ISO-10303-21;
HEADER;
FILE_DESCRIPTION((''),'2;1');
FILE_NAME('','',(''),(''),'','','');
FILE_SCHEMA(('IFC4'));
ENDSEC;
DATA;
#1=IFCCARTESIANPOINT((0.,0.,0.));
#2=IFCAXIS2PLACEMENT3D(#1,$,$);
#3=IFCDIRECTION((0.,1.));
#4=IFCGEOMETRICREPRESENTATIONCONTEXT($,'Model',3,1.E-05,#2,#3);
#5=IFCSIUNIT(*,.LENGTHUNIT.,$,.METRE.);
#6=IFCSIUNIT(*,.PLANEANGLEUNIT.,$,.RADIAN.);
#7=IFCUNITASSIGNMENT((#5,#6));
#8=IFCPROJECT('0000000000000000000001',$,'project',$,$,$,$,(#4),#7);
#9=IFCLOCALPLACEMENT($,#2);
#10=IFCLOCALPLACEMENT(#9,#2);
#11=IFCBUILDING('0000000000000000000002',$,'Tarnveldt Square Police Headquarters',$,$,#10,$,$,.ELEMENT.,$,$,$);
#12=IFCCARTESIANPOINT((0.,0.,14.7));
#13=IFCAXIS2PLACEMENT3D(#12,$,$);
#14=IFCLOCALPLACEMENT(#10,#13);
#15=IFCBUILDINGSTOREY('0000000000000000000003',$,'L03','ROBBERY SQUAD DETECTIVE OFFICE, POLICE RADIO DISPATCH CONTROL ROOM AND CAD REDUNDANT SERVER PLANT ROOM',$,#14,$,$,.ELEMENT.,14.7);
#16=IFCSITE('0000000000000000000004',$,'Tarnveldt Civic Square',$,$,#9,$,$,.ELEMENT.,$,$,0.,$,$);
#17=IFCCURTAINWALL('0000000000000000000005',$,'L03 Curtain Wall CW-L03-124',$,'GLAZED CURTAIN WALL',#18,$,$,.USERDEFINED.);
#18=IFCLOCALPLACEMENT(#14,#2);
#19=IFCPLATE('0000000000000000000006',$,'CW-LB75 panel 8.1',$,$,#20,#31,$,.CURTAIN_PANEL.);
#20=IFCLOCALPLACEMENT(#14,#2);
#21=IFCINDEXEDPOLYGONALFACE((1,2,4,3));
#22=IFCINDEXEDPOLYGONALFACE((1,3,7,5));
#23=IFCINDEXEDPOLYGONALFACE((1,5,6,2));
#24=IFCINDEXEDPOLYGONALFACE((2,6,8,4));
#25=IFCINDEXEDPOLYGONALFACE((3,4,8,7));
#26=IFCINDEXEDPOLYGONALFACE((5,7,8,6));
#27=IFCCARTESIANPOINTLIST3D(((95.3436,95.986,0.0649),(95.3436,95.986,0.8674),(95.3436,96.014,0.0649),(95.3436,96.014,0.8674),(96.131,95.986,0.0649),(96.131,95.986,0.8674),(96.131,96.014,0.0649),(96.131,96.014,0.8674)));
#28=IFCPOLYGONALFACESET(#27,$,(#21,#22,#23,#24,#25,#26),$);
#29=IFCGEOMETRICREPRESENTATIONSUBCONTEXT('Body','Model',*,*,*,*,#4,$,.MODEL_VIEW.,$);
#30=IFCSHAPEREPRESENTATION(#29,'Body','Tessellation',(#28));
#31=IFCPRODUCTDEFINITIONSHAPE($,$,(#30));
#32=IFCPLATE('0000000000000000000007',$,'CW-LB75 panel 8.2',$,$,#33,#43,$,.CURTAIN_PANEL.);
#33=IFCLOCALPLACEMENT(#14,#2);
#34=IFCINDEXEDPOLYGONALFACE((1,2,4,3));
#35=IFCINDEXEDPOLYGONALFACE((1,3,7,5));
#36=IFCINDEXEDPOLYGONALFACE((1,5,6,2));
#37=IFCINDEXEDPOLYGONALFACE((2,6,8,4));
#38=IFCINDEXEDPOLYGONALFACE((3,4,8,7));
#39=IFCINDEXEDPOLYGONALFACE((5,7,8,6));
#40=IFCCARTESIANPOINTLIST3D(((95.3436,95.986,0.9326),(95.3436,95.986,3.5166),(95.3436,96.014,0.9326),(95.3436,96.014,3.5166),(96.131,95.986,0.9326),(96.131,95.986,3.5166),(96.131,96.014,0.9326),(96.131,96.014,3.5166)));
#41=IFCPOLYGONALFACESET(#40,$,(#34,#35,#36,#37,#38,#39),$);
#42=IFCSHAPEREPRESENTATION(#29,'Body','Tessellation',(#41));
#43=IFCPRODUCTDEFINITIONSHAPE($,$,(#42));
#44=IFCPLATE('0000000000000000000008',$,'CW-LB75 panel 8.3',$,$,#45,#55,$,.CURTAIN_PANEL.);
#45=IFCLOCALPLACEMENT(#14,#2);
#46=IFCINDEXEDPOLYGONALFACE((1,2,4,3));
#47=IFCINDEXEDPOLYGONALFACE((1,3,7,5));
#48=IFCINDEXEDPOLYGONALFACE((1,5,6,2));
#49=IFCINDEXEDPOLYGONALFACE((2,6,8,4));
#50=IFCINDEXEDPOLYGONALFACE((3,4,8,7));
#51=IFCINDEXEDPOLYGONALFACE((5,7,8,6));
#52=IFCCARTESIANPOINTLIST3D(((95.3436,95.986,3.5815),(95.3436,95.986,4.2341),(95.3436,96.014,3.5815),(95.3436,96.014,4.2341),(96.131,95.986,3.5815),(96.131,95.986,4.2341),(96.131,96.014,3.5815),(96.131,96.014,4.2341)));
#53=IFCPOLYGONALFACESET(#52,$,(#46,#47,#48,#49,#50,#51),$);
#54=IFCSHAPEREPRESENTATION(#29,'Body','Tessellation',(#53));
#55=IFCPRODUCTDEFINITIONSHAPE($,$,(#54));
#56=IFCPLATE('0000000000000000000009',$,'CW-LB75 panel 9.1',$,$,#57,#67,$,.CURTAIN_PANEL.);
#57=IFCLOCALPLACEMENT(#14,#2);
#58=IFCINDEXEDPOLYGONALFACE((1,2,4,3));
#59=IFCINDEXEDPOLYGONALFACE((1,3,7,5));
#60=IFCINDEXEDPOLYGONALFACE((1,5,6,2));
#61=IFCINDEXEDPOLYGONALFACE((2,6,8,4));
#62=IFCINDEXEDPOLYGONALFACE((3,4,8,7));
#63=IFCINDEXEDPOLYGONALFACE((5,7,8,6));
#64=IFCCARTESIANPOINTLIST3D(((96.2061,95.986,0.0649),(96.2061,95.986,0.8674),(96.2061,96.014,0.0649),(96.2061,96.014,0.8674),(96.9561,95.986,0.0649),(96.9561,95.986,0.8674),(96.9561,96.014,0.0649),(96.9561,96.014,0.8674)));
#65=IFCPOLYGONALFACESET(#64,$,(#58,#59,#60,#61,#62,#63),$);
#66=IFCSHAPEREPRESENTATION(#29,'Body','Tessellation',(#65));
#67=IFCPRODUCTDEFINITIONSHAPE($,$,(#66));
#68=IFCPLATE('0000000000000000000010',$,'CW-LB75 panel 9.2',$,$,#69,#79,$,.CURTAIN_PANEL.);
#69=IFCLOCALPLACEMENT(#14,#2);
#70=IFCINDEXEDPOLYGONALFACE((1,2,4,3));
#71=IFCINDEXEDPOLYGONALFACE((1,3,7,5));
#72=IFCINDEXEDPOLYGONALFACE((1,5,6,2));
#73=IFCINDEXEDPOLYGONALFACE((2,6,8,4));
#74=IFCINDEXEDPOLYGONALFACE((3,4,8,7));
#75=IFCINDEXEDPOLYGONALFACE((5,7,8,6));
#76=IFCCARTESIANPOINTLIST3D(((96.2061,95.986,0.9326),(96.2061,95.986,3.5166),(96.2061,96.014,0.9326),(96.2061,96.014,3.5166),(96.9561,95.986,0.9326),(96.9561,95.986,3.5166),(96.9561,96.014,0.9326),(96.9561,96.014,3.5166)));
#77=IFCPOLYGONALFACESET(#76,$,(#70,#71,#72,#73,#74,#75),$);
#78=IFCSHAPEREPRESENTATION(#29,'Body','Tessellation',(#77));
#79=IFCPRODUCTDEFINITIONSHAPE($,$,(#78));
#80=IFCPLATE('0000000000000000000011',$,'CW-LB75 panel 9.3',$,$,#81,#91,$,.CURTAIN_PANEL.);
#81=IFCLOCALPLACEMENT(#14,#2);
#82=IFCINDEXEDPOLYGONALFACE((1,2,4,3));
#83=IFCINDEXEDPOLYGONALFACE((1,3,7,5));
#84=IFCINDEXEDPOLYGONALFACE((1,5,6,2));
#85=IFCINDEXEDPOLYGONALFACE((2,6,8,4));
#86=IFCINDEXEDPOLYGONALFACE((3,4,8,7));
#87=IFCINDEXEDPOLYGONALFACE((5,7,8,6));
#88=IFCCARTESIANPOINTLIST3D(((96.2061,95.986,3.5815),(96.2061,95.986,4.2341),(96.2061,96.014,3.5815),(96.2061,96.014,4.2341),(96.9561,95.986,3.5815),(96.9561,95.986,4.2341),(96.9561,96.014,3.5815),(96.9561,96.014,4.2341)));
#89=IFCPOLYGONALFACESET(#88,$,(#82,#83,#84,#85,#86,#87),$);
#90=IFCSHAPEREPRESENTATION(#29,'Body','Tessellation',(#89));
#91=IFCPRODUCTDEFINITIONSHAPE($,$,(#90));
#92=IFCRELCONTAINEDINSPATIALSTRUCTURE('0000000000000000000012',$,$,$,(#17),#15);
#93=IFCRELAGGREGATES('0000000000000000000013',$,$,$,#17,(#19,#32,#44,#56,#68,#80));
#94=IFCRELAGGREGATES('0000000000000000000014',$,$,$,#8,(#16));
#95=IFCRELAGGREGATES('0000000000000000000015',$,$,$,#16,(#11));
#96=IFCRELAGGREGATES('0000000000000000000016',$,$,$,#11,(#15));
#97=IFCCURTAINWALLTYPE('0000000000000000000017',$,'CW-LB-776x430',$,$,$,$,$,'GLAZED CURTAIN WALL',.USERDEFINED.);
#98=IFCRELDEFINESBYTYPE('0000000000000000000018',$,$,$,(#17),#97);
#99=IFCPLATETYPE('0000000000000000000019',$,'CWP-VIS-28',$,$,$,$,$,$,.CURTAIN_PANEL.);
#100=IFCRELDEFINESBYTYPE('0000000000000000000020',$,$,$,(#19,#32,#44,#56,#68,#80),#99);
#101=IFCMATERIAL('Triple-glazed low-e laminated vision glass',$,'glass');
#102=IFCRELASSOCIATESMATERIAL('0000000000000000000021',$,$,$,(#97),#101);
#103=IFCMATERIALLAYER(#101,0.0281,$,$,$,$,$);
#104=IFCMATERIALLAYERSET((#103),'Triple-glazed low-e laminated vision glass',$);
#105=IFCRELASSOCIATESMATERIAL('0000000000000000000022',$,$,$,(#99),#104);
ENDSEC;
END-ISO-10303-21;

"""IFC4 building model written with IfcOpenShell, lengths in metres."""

from ifc_helpers import new_model, si_unit, direction, frame, origin, origin_2d, place, context, subcontext, project, spatial, rectangle, extrude, material, layer, layer_set, type_object, element, aggregate, save


model = new_model("IFC4")

# Units and contexts
model_context = context("Model", 3, precision=1e-05, world=origin(), true_north=direction((0.0, 1.0)))
body_context = subcontext(model_context, "Body", "Model", "MODEL_VIEW")
ifc_project = project(units=[si_unit("LENGTHUNIT", "METRE"), si_unit("PLANEANGLEUNIT", "RADIAN")], contexts=[model_context])

# Site, building, storey
site_placement = place(None, origin())
site = spatial("IfcSite", under=ifc_project, at=site_placement, Name="Tarnveldt Civic Square", CompositionType="ELEMENT", RefElevation=0.0)
building_placement = place(site_placement, origin())
building = spatial("IfcBuilding", under=site, at=building_placement, Name="Tarnveldt Square Police Headquarters", CompositionType="ELEMENT")
storey_placement = place(building_placement, frame((0.0, 0.0, 14.7)))
storey = spatial("IfcBuildingStorey", under=building, at=storey_placement, Name="L03", Description="ROBBERY SQUAD DETECTIVE OFFICE, POLICE RADIO DISPATCH CONTROL ROOM AND CAD REDUNDANT SERVER PLANT ROOM", CompositionType="ELEMENT", Elevation=14.7)

# Curtain wall
ifc_material_1 = material(Name="Triple-glazed low-e laminated vision glass", Category="glass")
curtain_wall_type_1 = type_object("IfcCurtainWallType", Name="CW-LB-776x430", ElementType="GLAZED CURTAIN WALL", PredefinedType="USERDEFINED", material=ifc_material_1)
curtain_wall_1_placement = place(storey_placement, origin())
curtain_wall_1 = element("IfcCurtainWall", 1, at=curtain_wall_1_placement, inside=storey, type_object=curtain_wall_type_1, Name="L03 Curtain Wall CW-L03-124", ObjectType="GLAZED CURTAIN WALL", PredefinedType="USERDEFINED")

# Plates
ifc_layer = layer(ifc_material_1, 0.0281)
ifc_layer_set = layer_set([ifc_layer], Name="Triple-glazed low-e laminated vision glass")
plate_type = type_object("IfcPlateType", Name="CWP-VIS-28", PredefinedType="CURTAIN_PANEL", material=ifc_layer_set)
plate_1_placement = place(storey_placement, frame((95.7373, 96.0, 0.0649), z_axis=(0.0, 0.0, 1.0), x_axis=(1.0, 0.0, 0.0)))
plate_1 = element("IfcPlate", 2, at=plate_1_placement, type_object=plate_type, Name="CW-LB75 panel 8.1", PredefinedType="CURTAIN_PANEL", context=body_context, shape_type="SweptSolid", body=[
    extrude(rectangle(XDim=0.7874, YDim=0.0281, at=origin_2d()), origin(), (0.0, 0.0, 1.0), 0.8025),
])
plate_2_placement = place(storey_placement, frame((95.7373, 96.0, 0.9326), z_axis=(0.0, 0.0, 1.0), x_axis=(1.0, 0.0, 0.0)))
plate_2 = element("IfcPlate", 3, at=plate_2_placement, type_object=plate_type, Name="CW-LB75 panel 8.2", PredefinedType="CURTAIN_PANEL", context=body_context, shape_type="SweptSolid", body=[
    extrude(rectangle(XDim=0.7874, YDim=0.0281, at=origin_2d()), origin(), (0.0, 0.0, 1.0), 2.584),
])
plate_3_placement = place(storey_placement, frame((95.7373, 96.0, 3.5815), z_axis=(0.0, 0.0, 1.0), x_axis=(1.0, 0.0, 0.0)))
plate_3 = element("IfcPlate", 4, at=plate_3_placement, type_object=plate_type, Name="CW-LB75 panel 8.3", PredefinedType="CURTAIN_PANEL", context=body_context, shape_type="SweptSolid", body=[
    extrude(rectangle(XDim=0.7874, YDim=0.0281, at=origin_2d()), origin(), (0.0, 0.0, 1.0), 0.6526),
])
plate_4_placement = place(storey_placement, frame((96.5811, 96.0, 0.0649), z_axis=(0.0, 0.0, 1.0), x_axis=(1.0, 0.0, 0.0)))
plate_4 = element("IfcPlate", 5, at=plate_4_placement, type_object=plate_type, Name="CW-LB75 panel 9.1", PredefinedType="CURTAIN_PANEL", context=body_context, shape_type="SweptSolid", body=[
    extrude(rectangle(XDim=0.75, YDim=0.0281, at=origin_2d()), origin(), (0.0, 0.0, 1.0), 0.8025),
])
plate_5_placement = place(storey_placement, frame((96.5811, 96.0, 0.9326), z_axis=(0.0, 0.0, 1.0), x_axis=(1.0, 0.0, 0.0)))
plate_5 = element("IfcPlate", 6, at=plate_5_placement, type_object=plate_type, Name="CW-LB75 panel 9.2", PredefinedType="CURTAIN_PANEL", context=body_context, shape_type="SweptSolid", body=[
    extrude(rectangle(XDim=0.75, YDim=0.0281, at=origin_2d()), origin(), (0.0, 0.0, 1.0), 2.584),
])
plate_6_placement = place(storey_placement, frame((96.5811, 96.0, 3.5815), z_axis=(0.0, 0.0, 1.0), x_axis=(1.0, 0.0, 0.0)))
plate_6 = element("IfcPlate", 7, at=plate_6_placement, type_object=plate_type, Name="CW-LB75 panel 9.3", PredefinedType="CURTAIN_PANEL", context=body_context, shape_type="SweptSolid", body=[
    extrude(rectangle(XDim=0.75, YDim=0.0281, at=origin_2d()), origin(), (0.0, 0.0, 1.0), 0.6526),
])
aggregate(curtain_wall_1, [plate_1, plate_2, plate_3, plate_4, plate_5, plate_6])

save(model, "model.ifc")
